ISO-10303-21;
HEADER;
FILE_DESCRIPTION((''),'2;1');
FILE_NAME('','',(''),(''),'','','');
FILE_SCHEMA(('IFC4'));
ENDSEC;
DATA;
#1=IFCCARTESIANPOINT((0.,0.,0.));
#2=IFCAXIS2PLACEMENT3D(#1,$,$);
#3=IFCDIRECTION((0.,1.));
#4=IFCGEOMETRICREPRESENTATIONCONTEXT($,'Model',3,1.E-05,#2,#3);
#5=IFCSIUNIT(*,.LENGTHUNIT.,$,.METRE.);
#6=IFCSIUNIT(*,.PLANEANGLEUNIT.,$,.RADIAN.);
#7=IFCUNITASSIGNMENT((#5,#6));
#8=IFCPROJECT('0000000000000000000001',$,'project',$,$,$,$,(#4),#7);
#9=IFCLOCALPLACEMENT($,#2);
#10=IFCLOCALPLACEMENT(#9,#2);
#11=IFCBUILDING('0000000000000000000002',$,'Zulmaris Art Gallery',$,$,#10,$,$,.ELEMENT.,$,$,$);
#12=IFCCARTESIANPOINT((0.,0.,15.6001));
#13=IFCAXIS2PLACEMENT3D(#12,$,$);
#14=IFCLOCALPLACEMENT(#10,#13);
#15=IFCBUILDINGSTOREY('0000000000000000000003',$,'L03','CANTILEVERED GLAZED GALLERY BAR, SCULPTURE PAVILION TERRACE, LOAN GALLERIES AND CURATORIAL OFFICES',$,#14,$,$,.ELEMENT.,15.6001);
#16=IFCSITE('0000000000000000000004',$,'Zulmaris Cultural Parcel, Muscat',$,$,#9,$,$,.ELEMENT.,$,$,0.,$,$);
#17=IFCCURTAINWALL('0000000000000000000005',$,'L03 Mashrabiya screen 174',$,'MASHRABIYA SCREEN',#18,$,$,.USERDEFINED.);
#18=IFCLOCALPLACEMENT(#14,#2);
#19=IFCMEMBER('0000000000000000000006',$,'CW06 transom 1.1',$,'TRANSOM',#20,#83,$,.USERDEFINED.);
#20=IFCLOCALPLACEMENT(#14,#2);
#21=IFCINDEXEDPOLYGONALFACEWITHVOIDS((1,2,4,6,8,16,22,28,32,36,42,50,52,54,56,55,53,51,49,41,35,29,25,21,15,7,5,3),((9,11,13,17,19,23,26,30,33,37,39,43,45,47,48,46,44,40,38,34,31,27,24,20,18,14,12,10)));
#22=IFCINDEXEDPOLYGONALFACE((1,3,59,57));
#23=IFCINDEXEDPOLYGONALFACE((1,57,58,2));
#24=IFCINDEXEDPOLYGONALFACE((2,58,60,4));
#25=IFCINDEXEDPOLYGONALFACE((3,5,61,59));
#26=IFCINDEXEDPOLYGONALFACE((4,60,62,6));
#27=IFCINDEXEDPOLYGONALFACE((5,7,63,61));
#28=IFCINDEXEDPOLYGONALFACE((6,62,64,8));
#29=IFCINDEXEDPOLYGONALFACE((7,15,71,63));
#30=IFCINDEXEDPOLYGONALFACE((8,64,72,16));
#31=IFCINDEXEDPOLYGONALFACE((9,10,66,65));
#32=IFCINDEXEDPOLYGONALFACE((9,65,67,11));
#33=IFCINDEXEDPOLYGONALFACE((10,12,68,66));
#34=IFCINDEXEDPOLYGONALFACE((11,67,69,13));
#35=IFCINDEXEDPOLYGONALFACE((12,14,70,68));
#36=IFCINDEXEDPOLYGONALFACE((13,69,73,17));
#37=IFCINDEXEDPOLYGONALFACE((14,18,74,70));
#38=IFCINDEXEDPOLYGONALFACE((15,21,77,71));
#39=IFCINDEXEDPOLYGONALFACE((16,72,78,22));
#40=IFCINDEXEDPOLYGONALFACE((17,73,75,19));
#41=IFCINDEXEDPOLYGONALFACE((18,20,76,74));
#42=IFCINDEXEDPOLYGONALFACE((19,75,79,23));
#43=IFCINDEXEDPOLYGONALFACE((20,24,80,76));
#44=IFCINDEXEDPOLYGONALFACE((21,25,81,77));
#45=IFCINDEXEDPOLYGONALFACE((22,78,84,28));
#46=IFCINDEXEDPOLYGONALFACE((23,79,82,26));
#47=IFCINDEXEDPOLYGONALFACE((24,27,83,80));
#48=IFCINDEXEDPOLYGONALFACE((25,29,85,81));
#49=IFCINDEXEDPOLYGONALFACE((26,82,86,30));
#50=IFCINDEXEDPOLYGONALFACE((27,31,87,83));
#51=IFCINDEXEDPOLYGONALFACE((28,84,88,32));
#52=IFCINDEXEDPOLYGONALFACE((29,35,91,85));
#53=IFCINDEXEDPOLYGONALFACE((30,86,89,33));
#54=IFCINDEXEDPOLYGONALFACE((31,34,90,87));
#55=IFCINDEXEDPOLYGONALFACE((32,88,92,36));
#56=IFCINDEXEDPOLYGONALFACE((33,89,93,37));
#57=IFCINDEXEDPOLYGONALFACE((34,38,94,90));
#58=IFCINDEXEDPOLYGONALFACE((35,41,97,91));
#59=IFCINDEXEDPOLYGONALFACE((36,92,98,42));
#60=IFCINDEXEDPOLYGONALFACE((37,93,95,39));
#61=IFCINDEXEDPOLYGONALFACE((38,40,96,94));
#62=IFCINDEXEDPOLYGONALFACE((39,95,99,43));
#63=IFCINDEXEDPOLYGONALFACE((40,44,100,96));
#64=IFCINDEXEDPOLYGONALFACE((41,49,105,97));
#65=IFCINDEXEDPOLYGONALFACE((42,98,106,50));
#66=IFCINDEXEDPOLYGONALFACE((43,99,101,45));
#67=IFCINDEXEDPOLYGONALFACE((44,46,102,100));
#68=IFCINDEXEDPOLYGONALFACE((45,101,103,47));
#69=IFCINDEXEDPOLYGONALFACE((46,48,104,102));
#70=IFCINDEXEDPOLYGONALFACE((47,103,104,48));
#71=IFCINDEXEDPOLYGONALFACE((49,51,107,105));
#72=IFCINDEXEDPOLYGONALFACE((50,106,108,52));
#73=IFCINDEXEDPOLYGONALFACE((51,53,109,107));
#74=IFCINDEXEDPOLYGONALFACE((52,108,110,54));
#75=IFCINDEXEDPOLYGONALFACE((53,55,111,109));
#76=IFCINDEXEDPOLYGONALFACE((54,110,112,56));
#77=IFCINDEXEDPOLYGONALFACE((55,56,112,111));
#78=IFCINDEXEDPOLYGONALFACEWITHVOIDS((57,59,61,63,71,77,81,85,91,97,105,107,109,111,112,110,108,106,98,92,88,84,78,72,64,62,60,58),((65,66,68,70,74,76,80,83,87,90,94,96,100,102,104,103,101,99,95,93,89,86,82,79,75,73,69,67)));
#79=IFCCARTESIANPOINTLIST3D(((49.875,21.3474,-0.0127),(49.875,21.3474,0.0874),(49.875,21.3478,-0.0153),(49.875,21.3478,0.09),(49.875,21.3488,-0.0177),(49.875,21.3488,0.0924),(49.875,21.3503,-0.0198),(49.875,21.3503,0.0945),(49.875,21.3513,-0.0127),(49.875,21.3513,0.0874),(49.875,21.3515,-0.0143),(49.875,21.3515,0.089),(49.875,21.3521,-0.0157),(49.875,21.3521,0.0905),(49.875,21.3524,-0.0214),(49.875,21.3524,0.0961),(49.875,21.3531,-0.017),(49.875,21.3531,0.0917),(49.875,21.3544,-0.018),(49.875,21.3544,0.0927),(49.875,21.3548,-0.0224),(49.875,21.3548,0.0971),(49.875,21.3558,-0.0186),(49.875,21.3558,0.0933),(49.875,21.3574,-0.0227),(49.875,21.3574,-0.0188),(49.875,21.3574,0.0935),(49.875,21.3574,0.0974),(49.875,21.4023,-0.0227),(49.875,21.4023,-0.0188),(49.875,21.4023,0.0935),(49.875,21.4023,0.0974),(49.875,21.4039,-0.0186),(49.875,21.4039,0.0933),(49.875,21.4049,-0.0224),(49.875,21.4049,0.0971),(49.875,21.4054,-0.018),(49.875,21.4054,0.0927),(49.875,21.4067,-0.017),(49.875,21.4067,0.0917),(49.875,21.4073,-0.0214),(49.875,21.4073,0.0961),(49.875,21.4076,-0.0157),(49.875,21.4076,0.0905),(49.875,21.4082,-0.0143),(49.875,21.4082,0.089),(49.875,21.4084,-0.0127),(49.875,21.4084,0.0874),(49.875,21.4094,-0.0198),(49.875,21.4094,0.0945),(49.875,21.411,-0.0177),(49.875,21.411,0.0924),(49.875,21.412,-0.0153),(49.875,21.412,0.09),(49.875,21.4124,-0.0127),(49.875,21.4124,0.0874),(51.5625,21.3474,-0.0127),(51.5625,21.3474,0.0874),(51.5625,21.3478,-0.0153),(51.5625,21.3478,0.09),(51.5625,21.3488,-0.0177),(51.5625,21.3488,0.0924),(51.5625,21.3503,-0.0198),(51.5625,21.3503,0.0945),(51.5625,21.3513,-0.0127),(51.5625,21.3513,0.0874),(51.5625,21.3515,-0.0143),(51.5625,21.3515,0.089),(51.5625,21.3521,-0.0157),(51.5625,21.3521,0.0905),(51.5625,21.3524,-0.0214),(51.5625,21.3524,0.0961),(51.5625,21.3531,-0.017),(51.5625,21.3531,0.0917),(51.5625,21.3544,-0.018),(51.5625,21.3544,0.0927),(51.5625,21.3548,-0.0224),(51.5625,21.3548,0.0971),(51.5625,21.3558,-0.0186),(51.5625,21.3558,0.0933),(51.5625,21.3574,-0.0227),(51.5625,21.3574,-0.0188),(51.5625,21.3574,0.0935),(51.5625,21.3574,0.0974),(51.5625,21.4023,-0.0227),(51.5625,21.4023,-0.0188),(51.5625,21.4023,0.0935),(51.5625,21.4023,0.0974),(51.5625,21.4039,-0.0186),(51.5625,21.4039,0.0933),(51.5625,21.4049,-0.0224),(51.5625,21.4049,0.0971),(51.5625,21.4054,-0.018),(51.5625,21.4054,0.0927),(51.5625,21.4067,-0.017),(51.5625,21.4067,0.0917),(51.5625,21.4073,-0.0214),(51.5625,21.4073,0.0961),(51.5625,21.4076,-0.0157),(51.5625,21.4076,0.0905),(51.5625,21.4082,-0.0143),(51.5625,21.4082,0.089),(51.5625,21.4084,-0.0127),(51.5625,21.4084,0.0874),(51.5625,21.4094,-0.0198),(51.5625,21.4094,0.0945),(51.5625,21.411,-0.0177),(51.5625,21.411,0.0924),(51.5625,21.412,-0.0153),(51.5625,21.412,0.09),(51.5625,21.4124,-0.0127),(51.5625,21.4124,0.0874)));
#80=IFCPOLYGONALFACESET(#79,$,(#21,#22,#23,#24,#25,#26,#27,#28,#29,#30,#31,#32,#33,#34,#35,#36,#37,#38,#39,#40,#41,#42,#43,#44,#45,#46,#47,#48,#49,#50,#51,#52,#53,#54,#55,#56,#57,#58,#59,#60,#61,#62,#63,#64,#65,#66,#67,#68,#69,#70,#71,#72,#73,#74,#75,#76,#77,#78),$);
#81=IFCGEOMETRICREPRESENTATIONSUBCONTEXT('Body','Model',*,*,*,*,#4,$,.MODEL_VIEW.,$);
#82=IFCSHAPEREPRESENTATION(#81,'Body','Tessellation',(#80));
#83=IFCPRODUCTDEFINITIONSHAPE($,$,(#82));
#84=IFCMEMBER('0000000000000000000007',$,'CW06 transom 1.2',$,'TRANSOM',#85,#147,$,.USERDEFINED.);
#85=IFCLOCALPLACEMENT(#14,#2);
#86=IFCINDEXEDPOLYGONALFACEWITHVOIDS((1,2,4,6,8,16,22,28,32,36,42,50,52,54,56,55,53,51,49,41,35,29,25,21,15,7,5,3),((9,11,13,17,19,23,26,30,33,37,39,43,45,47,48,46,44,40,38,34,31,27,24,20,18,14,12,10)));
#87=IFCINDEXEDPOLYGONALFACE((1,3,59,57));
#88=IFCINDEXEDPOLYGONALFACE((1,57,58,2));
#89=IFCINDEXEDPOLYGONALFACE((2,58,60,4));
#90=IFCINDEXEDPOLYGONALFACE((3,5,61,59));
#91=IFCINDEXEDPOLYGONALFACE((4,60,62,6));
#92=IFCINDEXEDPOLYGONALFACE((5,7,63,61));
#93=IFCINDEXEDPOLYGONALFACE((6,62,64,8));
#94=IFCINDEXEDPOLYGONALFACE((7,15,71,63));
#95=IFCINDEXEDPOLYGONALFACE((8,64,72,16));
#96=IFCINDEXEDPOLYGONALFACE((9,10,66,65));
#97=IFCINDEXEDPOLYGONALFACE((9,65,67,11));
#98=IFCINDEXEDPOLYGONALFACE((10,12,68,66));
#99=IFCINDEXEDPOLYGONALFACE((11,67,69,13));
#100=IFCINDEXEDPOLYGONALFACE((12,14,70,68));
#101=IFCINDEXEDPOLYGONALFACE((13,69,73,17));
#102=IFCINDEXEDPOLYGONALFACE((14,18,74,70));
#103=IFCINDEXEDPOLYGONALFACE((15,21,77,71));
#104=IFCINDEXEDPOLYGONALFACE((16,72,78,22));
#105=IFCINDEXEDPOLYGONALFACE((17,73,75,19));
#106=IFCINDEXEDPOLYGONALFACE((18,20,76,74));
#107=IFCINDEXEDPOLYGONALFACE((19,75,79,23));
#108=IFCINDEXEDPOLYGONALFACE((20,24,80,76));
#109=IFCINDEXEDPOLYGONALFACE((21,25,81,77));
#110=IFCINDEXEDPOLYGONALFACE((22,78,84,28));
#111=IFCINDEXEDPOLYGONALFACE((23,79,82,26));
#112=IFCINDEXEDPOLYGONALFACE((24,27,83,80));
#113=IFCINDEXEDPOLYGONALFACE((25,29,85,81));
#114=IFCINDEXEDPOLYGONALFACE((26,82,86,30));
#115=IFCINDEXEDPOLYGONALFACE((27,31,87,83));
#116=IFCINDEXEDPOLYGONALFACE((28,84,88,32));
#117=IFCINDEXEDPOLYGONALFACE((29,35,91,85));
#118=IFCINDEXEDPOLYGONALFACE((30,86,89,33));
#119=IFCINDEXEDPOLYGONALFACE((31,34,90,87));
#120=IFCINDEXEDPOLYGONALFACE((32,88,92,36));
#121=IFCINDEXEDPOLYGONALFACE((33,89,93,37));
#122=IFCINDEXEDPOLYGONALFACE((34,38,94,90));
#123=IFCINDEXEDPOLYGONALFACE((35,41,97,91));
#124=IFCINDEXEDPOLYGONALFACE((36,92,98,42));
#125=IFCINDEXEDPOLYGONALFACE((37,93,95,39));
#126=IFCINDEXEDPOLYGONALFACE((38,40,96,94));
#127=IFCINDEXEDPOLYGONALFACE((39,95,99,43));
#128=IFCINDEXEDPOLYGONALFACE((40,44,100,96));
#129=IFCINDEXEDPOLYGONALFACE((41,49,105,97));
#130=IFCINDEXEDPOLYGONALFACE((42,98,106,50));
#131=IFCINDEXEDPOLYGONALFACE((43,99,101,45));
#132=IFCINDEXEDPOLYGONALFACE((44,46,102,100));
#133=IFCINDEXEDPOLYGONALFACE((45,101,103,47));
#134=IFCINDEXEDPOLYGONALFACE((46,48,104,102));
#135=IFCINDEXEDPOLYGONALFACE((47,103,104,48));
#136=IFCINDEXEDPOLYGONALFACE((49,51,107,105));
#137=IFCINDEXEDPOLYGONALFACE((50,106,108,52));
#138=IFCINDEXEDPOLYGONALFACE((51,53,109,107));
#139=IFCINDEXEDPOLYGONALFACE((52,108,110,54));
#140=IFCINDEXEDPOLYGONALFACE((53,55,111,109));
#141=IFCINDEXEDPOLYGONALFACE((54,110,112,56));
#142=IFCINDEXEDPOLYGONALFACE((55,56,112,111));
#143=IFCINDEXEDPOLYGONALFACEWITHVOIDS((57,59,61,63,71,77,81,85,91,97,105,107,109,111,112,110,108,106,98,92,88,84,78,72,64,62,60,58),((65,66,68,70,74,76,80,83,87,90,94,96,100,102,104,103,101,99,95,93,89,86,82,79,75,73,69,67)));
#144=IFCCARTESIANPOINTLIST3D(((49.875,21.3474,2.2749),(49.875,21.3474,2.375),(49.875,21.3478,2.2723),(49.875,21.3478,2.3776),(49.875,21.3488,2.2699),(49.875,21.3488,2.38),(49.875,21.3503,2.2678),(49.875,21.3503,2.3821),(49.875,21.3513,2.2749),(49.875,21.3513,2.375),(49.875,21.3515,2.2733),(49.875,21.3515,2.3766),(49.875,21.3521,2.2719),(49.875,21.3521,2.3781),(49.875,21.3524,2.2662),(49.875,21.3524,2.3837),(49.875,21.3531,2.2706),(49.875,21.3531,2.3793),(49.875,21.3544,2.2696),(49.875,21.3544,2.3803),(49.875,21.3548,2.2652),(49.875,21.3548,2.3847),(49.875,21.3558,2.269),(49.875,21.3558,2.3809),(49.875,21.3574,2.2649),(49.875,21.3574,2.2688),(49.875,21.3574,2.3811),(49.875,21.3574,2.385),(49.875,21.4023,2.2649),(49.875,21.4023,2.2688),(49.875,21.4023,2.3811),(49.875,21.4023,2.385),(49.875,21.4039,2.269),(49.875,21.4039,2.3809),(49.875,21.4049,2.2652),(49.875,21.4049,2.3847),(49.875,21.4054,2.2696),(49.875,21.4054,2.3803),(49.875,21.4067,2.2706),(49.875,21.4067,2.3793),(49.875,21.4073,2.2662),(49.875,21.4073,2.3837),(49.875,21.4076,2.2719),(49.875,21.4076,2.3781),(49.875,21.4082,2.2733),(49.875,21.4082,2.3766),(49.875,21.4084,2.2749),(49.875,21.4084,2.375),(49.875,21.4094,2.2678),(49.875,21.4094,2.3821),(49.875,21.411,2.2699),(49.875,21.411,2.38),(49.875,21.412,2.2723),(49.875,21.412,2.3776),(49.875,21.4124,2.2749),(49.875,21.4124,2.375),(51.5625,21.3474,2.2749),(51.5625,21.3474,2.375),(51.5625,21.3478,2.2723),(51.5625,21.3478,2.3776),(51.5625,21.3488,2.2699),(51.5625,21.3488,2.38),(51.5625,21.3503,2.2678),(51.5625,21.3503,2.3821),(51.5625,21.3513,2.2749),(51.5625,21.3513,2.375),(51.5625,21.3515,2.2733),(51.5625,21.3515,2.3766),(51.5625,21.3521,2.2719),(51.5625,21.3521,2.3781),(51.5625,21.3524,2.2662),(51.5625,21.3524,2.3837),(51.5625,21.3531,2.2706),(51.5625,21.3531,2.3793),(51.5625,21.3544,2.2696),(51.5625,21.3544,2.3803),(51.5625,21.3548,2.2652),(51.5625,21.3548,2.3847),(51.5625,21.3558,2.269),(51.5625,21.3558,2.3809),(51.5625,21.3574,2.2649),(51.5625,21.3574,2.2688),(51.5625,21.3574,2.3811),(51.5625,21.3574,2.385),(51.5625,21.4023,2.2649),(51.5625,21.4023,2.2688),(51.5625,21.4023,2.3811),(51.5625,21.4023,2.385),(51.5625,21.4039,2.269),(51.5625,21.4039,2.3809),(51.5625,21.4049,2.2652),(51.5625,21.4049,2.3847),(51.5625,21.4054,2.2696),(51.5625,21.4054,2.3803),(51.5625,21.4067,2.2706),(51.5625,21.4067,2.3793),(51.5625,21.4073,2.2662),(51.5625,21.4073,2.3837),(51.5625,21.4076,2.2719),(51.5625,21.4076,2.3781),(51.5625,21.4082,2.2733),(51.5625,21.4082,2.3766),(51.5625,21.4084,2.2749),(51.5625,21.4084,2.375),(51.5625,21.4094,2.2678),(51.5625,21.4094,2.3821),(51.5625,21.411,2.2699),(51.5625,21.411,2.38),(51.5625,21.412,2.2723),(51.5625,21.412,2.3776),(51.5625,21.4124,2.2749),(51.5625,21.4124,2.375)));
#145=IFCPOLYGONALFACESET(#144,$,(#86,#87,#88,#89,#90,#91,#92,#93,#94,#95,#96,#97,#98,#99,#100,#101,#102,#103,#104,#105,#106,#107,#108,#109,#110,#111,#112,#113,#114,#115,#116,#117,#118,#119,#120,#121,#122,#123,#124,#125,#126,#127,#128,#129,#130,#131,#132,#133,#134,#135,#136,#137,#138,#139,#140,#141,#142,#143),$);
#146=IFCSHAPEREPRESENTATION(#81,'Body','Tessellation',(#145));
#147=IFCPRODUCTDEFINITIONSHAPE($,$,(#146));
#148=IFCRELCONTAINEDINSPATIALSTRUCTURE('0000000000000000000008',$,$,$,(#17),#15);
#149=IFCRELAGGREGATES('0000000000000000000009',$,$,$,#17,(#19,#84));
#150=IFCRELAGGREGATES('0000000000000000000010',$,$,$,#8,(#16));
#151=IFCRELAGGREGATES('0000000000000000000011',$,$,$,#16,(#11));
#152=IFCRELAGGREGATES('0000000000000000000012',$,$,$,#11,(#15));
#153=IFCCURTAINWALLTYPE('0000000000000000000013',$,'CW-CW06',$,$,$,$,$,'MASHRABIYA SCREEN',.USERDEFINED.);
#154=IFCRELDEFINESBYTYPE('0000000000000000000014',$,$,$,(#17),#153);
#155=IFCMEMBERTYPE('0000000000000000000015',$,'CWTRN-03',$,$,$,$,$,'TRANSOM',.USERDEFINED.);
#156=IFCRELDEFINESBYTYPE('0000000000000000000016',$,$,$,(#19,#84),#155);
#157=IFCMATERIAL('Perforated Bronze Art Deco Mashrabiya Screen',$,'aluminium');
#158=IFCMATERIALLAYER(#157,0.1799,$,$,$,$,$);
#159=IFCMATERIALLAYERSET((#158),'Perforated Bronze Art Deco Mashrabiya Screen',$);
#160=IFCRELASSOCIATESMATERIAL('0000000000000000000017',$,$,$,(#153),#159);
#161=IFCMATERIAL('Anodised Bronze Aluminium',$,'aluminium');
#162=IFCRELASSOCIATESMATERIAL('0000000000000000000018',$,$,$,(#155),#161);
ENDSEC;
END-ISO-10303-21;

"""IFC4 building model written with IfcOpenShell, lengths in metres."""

from ifc_helpers import new_model, si_unit, direction, frame, origin, origin_2d, place, context, subcontext, project, spatial, hollow_rectangle, extrude, material, layer, layer_set, material_profile, profile_set, type_object, element, aggregate, save


model = new_model("IFC4")

# Units and contexts
model_context = context("Model", 3, precision=1e-05, world=origin(), true_north=direction((0.0, 1.0)))
body_context = subcontext(model_context, "Body", "Model", "MODEL_VIEW")
ifc_project = project(units=[si_unit("LENGTHUNIT", "METRE"), si_unit("PLANEANGLEUNIT", "RADIAN")], contexts=[model_context])

# Site, building, storey
site_placement = place(None, origin())
site = spatial("IfcSite", under=ifc_project, at=site_placement, Name="Zulmaris Cultural Parcel, Muscat", CompositionType="ELEMENT", RefElevation=0.0)
building_placement = place(site_placement, origin())
building = spatial("IfcBuilding", under=site, at=building_placement, Name="Zulmaris Art Gallery", CompositionType="ELEMENT")
storey_placement = place(building_placement, frame((0.0, 0.0, 15.6001)))
storey = spatial("IfcBuildingStorey", under=building, at=storey_placement, Name="L03", Description="CANTILEVERED GLAZED GALLERY BAR, SCULPTURE PAVILION TERRACE, LOAN GALLERIES AND CURATORIAL OFFICES", CompositionType="ELEMENT", Elevation=15.6001)

# Shared definitions
ifc_material_1 = material(Name="Anodised Bronze Aluminium", Category="aluminium")
ifc_material_2 = material(Name="Perforated Bronze Art Deco Mashrabiya Screen", Category="aluminium")
ifc_layer_1 = layer(ifc_material_2, 0.1799)
ifc_layer_set_1 = layer_set([ifc_layer_1], Name="Perforated Bronze Art Deco Mashrabiya Screen")
curtain_wall_type_1 = type_object("IfcCurtainWallType", Name="CW-CW06", ElementType="MASHRABIYA SCREEN", PredefinedType="USERDEFINED", material=ifc_layer_set_1)

# Curtain wall, members
curtain_wall_1_placement = place(storey_placement, origin())
curtain_wall_1 = element("IfcCurtainWall", 1, at=curtain_wall_1_placement, inside=storey, type_object=curtain_wall_type_1, Name="L03 Mashrabiya screen 174", ObjectType="MASHRABIYA SCREEN", PredefinedType="USERDEFINED")
ifc_material_profile_1 = material_profile(ifc_material_1, hollow_rectangle(XDim=0.0649, YDim=0.1201, WallThickness=0.0039, InnerFilletRadius=0.0061, OuterFilletRadius=0.01, at=origin_2d()), Name="ALU 65x120x4")
ifc_profile_set_1 = profile_set([ifc_material_profile_1], Name="Anodised Bronze Aluminium")
member_type_1 = type_object("IfcMemberType", Name="CWTRN-03", ElementType="TRANSOM", PredefinedType="USERDEFINED", material=ifc_profile_set_1)
member_1_placement = place(storey_placement, frame((49.875, 21.3799, 0.0374), z_axis=(1.0, 0.0, 0.0), x_axis=(0.0, 1.0, 0.0)))
member_1 = element("IfcMember", 2, at=member_1_placement, type_object=member_type_1, Name="CW06 transom 1.1", ObjectType="TRANSOM", PredefinedType="USERDEFINED", context=body_context, shape_type="SweptSolid", body=[
    extrude(hollow_rectangle(XDim=0.0649, YDim=0.1201, WallThickness=0.0039, InnerFilletRadius=0.0061, OuterFilletRadius=0.01, at=origin_2d()), origin(), (0.0, 0.0, 1.0), 1.6875),
])
member_2_placement = place(storey_placement, frame((49.875, 21.3799, 2.325), z_axis=(1.0, 0.0, 0.0), x_axis=(0.0, 1.0, 0.0)))
member_2 = element("IfcMember", 3, at=member_2_placement, type_object=member_type_1, Name="CW06 transom 1.2", ObjectType="TRANSOM", PredefinedType="USERDEFINED", context=body_context, shape_type="SweptSolid", body=[
    extrude(hollow_rectangle(XDim=0.0649, YDim=0.1201, WallThickness=0.0039, InnerFilletRadius=0.0061, OuterFilletRadius=0.01, at=origin_2d()), origin(), (0.0, 0.0, 1.0), 1.6875),
])

aggregate(curtain_wall_1, [member_1, member_2])

save(model, "model.ifc")
